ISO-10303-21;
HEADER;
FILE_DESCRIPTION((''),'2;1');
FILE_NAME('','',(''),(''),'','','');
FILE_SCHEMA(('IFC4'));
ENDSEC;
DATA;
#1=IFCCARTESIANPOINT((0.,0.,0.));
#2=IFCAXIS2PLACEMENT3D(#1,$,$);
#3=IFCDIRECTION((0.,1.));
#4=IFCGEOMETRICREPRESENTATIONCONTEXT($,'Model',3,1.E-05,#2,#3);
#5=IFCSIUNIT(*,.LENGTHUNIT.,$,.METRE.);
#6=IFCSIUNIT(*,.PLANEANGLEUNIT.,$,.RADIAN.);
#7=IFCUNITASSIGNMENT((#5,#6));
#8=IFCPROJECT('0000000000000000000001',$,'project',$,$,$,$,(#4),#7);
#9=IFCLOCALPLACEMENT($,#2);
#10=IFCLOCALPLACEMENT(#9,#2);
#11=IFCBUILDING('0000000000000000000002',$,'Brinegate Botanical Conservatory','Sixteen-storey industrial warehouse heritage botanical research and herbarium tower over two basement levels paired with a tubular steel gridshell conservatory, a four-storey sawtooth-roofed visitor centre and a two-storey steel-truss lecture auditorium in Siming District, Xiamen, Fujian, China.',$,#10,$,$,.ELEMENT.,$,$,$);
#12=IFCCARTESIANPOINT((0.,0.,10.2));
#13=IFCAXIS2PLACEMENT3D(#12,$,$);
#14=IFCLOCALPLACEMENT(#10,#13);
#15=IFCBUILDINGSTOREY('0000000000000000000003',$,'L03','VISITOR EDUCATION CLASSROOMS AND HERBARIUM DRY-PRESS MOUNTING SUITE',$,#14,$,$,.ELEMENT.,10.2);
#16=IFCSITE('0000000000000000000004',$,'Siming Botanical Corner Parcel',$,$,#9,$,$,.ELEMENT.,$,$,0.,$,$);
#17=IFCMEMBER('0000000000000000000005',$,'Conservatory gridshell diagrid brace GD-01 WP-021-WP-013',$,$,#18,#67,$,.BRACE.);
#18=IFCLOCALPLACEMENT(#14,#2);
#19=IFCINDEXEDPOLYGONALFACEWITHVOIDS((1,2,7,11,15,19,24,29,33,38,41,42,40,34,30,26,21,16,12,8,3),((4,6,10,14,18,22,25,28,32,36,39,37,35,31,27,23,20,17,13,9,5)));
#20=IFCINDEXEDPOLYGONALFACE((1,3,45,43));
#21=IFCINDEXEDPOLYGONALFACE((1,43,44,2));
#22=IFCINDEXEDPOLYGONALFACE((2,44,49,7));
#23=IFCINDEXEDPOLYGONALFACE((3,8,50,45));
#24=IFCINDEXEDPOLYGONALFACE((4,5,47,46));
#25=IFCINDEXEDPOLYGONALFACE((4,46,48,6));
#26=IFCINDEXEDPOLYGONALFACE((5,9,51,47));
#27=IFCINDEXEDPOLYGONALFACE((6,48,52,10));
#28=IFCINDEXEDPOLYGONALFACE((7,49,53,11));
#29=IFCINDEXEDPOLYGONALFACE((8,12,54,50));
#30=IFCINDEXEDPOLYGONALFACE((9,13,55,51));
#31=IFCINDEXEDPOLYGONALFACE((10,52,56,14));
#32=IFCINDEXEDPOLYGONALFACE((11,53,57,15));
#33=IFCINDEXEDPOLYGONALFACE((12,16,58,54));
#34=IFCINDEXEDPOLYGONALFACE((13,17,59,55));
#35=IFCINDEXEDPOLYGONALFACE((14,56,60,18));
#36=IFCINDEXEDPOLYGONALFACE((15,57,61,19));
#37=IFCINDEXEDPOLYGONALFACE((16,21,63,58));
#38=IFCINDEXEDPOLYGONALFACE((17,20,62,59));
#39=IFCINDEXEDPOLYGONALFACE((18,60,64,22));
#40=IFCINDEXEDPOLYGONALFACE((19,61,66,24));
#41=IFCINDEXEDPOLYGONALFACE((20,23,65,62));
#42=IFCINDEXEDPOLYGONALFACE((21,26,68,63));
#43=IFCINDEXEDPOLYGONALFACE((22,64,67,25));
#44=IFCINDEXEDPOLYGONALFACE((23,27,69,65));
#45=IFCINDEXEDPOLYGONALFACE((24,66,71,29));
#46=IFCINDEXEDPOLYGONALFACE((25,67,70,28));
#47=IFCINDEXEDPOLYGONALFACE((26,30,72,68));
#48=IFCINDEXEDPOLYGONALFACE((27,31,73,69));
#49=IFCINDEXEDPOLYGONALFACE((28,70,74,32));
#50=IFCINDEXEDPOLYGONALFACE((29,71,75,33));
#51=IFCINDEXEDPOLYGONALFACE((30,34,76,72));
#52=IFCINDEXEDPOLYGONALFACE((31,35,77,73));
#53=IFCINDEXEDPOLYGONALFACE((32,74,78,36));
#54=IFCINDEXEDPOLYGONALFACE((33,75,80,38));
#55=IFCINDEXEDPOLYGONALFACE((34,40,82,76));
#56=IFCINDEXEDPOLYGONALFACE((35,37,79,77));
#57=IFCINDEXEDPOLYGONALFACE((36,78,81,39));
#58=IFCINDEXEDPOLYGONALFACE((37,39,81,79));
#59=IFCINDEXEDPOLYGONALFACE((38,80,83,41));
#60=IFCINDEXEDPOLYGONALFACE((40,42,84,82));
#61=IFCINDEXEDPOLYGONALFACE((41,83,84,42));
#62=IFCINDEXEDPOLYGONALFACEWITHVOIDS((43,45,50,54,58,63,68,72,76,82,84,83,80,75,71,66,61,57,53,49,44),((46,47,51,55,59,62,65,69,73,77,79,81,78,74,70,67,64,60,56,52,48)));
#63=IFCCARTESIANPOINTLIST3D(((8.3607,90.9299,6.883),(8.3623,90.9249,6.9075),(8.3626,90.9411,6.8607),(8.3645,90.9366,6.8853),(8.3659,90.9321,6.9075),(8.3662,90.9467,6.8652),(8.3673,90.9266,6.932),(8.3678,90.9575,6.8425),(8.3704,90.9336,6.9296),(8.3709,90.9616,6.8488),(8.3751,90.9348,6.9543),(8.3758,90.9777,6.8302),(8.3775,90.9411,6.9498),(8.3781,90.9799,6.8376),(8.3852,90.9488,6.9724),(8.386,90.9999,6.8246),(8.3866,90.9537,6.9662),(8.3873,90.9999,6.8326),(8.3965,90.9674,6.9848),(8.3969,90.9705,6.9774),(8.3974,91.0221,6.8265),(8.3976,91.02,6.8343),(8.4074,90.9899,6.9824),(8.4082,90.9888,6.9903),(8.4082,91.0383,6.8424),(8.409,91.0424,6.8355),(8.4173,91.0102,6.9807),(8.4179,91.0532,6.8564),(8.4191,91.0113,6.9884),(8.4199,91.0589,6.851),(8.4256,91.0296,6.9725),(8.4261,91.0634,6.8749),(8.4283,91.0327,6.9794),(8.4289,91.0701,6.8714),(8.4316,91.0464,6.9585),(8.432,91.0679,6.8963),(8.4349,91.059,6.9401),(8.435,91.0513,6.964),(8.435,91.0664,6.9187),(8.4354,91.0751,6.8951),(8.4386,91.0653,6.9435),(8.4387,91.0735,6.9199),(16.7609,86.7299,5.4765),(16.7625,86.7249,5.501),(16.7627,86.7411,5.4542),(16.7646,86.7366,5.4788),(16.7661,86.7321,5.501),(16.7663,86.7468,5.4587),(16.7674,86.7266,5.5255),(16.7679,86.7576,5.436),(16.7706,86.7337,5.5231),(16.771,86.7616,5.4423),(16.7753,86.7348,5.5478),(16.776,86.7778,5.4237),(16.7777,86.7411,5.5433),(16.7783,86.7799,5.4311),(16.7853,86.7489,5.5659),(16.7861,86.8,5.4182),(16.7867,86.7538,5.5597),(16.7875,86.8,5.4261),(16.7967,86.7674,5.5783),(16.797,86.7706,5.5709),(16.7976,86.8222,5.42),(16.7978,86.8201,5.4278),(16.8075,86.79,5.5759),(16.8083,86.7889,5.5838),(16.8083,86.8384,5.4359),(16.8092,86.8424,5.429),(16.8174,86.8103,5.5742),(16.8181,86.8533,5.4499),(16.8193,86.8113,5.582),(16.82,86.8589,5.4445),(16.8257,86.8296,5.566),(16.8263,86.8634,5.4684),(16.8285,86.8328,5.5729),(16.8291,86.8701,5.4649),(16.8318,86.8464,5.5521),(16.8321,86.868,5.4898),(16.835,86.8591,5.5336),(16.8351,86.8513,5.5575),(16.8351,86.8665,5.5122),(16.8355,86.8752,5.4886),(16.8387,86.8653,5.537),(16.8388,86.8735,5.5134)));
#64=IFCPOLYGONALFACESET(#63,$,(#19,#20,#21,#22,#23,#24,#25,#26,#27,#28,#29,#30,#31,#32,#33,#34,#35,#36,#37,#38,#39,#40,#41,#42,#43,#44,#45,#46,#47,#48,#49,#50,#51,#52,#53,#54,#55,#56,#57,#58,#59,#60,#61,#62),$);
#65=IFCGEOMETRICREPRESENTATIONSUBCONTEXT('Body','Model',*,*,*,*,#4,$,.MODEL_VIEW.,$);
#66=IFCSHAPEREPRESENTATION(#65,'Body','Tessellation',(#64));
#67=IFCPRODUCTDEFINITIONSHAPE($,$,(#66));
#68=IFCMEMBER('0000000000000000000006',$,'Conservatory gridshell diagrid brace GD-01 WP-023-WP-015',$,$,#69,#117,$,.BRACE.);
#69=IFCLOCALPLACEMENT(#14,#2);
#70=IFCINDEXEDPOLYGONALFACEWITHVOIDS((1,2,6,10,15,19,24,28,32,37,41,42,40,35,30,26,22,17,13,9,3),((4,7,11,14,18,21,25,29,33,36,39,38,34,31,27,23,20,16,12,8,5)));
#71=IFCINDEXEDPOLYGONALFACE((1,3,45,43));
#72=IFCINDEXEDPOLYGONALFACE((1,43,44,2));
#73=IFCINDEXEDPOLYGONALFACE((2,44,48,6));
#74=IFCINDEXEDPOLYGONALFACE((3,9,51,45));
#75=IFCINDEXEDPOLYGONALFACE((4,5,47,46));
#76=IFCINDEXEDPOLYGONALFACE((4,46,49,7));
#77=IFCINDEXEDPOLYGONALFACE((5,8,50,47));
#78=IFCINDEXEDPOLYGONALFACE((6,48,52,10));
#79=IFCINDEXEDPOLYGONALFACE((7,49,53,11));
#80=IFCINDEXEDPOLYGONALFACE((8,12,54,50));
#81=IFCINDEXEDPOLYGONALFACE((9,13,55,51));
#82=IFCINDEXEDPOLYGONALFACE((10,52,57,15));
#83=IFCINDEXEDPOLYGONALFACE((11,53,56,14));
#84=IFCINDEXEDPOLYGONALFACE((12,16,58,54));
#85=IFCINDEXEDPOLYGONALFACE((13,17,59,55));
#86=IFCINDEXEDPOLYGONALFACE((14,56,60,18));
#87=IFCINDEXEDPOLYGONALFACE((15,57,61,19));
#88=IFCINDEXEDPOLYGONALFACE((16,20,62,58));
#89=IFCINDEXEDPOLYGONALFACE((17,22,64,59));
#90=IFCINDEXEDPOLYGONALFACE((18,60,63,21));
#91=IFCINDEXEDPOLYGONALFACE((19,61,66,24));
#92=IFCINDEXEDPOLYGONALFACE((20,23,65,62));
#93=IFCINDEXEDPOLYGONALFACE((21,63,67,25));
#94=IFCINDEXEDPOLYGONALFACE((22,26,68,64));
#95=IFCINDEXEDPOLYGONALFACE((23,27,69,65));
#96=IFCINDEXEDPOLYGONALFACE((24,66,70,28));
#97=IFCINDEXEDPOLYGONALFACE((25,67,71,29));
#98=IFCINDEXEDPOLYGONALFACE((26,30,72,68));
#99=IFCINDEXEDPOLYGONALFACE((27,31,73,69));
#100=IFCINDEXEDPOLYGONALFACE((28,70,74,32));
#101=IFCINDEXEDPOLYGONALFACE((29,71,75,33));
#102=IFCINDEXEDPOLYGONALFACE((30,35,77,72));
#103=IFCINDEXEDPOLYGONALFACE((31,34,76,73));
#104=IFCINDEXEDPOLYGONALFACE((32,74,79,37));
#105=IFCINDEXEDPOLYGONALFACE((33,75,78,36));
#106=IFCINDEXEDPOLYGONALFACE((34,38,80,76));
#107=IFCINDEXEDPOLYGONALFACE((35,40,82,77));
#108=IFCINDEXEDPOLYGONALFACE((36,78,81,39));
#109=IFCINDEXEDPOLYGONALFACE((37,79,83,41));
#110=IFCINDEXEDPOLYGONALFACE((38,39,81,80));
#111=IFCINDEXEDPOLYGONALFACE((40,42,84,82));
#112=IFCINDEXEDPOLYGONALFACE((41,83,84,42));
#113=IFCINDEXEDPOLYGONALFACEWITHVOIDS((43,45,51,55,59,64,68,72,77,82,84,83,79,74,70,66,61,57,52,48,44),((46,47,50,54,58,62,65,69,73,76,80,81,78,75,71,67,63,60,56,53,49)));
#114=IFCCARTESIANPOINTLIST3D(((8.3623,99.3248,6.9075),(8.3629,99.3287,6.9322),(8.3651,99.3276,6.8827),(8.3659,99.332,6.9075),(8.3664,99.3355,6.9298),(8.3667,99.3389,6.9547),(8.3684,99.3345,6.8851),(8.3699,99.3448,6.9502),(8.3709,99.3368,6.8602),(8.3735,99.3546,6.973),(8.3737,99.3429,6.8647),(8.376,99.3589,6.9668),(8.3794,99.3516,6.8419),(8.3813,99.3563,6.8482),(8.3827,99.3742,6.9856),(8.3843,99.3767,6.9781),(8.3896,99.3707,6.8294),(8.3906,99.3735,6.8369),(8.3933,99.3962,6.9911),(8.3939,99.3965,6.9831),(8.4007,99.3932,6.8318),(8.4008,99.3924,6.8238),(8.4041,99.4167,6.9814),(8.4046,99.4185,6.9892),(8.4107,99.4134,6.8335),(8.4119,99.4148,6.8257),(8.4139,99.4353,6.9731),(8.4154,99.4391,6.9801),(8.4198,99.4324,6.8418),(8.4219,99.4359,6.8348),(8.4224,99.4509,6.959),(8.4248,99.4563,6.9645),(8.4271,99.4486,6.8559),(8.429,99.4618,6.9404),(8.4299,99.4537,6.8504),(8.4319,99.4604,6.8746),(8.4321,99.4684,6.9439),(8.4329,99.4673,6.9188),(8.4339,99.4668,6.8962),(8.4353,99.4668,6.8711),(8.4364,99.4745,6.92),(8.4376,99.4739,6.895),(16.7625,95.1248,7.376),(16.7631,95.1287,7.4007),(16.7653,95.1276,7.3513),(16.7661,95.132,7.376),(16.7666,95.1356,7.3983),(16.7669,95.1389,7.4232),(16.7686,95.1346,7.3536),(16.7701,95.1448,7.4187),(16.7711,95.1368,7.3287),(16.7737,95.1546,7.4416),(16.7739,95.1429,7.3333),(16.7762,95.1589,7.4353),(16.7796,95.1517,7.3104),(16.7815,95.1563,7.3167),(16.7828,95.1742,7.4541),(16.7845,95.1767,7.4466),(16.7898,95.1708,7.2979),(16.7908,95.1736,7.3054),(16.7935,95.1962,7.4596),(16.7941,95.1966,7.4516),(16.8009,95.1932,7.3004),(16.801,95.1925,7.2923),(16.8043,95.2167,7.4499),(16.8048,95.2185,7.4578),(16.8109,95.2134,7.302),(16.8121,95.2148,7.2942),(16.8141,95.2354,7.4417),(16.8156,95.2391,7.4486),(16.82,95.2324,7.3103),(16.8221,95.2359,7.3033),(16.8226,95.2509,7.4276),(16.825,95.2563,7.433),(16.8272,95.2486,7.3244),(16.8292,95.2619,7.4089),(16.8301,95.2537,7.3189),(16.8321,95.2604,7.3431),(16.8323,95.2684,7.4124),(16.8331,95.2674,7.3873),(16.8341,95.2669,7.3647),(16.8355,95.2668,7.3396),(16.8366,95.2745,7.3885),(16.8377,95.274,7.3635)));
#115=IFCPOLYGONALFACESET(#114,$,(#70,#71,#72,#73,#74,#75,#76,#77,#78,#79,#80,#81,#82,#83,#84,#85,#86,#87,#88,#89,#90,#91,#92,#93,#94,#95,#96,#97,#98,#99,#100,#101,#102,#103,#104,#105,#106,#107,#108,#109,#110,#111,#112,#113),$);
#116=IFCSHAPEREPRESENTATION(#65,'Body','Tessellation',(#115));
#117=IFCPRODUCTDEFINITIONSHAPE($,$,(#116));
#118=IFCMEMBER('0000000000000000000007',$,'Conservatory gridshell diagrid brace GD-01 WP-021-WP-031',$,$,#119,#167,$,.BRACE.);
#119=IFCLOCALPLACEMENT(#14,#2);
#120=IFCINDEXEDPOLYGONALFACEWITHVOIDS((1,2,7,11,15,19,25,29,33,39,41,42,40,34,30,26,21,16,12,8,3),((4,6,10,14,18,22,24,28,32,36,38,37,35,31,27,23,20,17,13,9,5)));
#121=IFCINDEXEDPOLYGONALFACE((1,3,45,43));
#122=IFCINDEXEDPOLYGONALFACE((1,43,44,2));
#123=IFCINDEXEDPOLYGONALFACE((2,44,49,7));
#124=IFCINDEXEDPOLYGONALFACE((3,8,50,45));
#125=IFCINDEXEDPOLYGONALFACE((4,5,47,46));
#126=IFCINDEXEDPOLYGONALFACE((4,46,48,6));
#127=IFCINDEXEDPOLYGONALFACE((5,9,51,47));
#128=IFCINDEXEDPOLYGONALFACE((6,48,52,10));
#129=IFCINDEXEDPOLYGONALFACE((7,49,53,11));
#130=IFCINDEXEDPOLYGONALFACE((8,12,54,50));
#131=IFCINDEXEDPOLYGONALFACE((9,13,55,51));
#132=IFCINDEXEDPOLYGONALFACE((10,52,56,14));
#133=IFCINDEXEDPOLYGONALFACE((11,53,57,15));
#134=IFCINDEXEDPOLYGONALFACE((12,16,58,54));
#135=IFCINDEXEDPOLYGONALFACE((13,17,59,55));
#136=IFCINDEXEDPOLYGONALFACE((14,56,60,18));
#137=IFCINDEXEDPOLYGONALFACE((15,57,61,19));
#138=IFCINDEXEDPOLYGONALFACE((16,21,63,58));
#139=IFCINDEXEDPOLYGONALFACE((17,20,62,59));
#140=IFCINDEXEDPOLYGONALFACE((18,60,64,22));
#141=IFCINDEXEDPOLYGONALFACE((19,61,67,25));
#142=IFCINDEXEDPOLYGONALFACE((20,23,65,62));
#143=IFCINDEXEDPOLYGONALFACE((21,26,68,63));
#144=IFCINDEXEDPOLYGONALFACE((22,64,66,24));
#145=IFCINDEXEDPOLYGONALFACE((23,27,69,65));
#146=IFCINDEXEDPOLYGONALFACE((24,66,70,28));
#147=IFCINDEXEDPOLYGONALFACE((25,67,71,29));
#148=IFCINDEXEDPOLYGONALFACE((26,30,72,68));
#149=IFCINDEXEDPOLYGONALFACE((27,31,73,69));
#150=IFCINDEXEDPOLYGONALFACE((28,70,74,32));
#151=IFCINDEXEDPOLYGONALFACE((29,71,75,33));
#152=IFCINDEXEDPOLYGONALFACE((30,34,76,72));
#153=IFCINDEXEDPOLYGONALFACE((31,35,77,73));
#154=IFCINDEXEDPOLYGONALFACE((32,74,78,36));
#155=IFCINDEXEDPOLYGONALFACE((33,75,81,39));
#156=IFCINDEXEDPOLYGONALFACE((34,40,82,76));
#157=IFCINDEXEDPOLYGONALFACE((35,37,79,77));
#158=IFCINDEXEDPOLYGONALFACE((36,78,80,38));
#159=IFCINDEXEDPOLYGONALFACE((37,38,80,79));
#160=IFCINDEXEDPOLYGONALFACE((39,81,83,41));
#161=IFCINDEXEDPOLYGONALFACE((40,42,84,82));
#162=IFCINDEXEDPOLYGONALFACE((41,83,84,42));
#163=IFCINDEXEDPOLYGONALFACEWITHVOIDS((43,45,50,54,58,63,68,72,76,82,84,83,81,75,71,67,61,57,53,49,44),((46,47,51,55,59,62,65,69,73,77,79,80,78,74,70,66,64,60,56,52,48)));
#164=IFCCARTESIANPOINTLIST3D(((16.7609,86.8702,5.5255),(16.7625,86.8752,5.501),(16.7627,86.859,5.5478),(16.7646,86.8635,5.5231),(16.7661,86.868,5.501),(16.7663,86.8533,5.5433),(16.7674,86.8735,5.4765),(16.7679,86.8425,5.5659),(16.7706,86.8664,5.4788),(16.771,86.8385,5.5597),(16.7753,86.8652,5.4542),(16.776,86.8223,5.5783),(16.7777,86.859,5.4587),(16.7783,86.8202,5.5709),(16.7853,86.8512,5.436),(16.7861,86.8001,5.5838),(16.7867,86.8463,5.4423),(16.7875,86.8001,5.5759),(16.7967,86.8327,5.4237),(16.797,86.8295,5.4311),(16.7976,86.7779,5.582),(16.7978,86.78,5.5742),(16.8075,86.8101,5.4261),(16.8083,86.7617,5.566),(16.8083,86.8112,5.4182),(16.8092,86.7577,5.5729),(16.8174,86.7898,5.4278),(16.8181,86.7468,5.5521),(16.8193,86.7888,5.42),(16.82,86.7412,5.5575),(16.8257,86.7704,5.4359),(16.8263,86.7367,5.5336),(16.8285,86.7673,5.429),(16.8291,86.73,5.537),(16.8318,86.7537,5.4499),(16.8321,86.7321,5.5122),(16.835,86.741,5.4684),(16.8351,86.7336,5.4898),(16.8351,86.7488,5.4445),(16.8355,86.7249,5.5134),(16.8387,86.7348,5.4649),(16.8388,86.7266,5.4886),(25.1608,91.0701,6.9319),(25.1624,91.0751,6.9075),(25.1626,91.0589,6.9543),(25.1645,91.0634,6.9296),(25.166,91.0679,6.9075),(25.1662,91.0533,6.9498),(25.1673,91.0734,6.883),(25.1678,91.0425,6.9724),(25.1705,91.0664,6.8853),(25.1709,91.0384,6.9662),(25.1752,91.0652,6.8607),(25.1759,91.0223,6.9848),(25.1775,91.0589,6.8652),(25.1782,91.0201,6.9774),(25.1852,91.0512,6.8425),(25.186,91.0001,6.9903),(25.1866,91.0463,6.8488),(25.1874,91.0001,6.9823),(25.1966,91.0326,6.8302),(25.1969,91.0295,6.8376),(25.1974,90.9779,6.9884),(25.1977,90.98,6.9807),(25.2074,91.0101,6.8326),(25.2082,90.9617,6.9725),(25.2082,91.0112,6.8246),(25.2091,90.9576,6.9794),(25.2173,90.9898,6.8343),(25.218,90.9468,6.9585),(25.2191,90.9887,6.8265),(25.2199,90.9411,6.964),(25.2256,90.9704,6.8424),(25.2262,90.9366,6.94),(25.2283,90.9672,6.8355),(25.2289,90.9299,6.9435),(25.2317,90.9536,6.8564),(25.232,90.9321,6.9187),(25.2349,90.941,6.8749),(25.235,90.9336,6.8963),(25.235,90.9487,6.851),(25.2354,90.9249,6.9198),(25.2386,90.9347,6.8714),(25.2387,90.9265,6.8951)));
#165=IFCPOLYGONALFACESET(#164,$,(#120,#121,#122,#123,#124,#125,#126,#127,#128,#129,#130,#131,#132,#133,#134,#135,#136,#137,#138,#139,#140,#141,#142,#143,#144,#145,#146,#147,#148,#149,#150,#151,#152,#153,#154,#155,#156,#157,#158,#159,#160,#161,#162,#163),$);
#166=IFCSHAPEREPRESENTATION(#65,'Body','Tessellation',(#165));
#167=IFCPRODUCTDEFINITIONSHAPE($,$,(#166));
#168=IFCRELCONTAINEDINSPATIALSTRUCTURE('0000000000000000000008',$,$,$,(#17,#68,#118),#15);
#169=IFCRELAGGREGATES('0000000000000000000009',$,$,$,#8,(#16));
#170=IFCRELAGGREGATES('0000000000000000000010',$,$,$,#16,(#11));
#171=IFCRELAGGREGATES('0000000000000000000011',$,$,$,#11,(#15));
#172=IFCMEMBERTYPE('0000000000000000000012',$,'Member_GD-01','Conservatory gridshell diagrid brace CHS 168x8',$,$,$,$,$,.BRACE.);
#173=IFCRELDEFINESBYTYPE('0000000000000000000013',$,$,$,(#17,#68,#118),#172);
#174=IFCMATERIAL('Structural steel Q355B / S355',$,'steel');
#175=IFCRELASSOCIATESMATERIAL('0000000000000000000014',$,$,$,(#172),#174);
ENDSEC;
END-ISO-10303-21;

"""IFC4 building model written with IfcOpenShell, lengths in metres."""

from ifc_helpers import new_model, si_unit, direction, frame, origin, origin_2d, place, context, subcontext, project, spatial, hollow_circle, extrude, material, material_profile, profile_set, type_object, element, save


model = new_model("IFC4")

# Units and contexts
model_context = context("Model", 3, precision=1e-05, world=origin(), true_north=direction((0.0, 1.0)))
body_context = subcontext(model_context, "Body", "Model", "MODEL_VIEW")
ifc_project = project(units=[si_unit("LENGTHUNIT", "METRE"), si_unit("PLANEANGLEUNIT", "RADIAN")], contexts=[model_context])

# Site, building, storey
site_placement = place(None, origin())
site = spatial("IfcSite", under=ifc_project, at=site_placement, Name="Siming Botanical Corner Parcel", CompositionType="ELEMENT", RefElevation=0.0)
building_placement = place(site_placement, origin())
building = spatial("IfcBuilding", under=site, at=building_placement, Name="Brinegate Botanical Conservatory", Description="Sixteen-storey industrial warehouse heritage botanical research and herbarium tower over two basement levels paired with a tubular steel gridshell conservatory, a four-storey sawtooth-roofed visitor centre and a two-storey steel-truss lecture auditorium in Siming District, Xiamen, Fujian, China.", CompositionType="ELEMENT")
storey_placement = place(building_placement, frame((0.0, 0.0, 10.2)))
storey = spatial("IfcBuildingStorey", under=building, at=storey_placement, Name="L03", Description="VISITOR EDUCATION CLASSROOMS AND HERBARIUM DRY-PRESS MOUNTING SUITE", CompositionType="ELEMENT", Elevation=10.2)

# Shared definitions
ifc_material_1 = material(Name="Structural steel Q355B / S355", Category="steel")

# Members
ifc_material_profile_1 = material_profile(ifc_material_1, hollow_circle(Radius=0.084, WallThickness=0.0081, at=origin_2d()), Name="CHS 168x8")
ifc_profile_set_1 = profile_set([ifc_material_profile_1], Name="Structural steel Q355B / S355")
member_type_1 = type_object("IfcMemberType", Name="Member_GD-01", Description="Conservatory gridshell diagrid brace CHS 168x8", PredefinedType="BRACE", material=ifc_profile_set_1)
member_1_placement = place(storey_placement, frame((16.8, 86.8, 5.501), z_axis=(-0.884568, 0.442271, 0.148109), x_axis=(-0.447203, -0.894432, 0.0)))
element("IfcMember", 1, at=member_1_placement, inside=storey, type_object=member_type_1, Name="Conservatory gridshell diagrid brace GD-01 WP-021-WP-013", PredefinedType="BRACE", context=body_context, shape_type="SweptSolid", body=[
    extrude(hollow_circle(Radius=0.084, WallThickness=0.0081, at=origin_2d()), origin(), (0.0, 0.0, 1.0), 9.4963),
])
member_2_placement = place(storey_placement, frame((16.8, 95.2, 7.376), z_axis=(-0.893322, 0.446648, -0.049824), x_axis=(-0.447203, -0.894432, 0.0)))
element("IfcMember", 2, at=member_2_placement, inside=storey, type_object=member_type_1, Name="Conservatory gridshell diagrid brace GD-01 WP-023-WP-015", PredefinedType="BRACE", context=body_context, shape_type="SweptSolid", body=[
    extrude(hollow_circle(Radius=0.084, WallThickness=0.0081, at=origin_2d()), origin(), (0.0, 0.0, 1.0), 9.4033),
])
member_3_placement = place(storey_placement, frame((16.8, 86.8, 5.501), z_axis=(0.884562, 0.442281, 0.148113), x_axis=(-0.447214, 0.894427, 0.0)))
element("IfcMember", 3, at=member_3_placement, inside=storey, type_object=member_type_1, Name="Conservatory gridshell diagrid brace GD-01 WP-021-WP-031", PredefinedType="BRACE", context=body_context, shape_type="SweptSolid", body=[
    extrude(hollow_circle(Radius=0.084, WallThickness=0.0081, at=origin_2d()), origin(), (0.0, 0.0, 1.0), 9.4961),
])

save(model, "model.ifc")
